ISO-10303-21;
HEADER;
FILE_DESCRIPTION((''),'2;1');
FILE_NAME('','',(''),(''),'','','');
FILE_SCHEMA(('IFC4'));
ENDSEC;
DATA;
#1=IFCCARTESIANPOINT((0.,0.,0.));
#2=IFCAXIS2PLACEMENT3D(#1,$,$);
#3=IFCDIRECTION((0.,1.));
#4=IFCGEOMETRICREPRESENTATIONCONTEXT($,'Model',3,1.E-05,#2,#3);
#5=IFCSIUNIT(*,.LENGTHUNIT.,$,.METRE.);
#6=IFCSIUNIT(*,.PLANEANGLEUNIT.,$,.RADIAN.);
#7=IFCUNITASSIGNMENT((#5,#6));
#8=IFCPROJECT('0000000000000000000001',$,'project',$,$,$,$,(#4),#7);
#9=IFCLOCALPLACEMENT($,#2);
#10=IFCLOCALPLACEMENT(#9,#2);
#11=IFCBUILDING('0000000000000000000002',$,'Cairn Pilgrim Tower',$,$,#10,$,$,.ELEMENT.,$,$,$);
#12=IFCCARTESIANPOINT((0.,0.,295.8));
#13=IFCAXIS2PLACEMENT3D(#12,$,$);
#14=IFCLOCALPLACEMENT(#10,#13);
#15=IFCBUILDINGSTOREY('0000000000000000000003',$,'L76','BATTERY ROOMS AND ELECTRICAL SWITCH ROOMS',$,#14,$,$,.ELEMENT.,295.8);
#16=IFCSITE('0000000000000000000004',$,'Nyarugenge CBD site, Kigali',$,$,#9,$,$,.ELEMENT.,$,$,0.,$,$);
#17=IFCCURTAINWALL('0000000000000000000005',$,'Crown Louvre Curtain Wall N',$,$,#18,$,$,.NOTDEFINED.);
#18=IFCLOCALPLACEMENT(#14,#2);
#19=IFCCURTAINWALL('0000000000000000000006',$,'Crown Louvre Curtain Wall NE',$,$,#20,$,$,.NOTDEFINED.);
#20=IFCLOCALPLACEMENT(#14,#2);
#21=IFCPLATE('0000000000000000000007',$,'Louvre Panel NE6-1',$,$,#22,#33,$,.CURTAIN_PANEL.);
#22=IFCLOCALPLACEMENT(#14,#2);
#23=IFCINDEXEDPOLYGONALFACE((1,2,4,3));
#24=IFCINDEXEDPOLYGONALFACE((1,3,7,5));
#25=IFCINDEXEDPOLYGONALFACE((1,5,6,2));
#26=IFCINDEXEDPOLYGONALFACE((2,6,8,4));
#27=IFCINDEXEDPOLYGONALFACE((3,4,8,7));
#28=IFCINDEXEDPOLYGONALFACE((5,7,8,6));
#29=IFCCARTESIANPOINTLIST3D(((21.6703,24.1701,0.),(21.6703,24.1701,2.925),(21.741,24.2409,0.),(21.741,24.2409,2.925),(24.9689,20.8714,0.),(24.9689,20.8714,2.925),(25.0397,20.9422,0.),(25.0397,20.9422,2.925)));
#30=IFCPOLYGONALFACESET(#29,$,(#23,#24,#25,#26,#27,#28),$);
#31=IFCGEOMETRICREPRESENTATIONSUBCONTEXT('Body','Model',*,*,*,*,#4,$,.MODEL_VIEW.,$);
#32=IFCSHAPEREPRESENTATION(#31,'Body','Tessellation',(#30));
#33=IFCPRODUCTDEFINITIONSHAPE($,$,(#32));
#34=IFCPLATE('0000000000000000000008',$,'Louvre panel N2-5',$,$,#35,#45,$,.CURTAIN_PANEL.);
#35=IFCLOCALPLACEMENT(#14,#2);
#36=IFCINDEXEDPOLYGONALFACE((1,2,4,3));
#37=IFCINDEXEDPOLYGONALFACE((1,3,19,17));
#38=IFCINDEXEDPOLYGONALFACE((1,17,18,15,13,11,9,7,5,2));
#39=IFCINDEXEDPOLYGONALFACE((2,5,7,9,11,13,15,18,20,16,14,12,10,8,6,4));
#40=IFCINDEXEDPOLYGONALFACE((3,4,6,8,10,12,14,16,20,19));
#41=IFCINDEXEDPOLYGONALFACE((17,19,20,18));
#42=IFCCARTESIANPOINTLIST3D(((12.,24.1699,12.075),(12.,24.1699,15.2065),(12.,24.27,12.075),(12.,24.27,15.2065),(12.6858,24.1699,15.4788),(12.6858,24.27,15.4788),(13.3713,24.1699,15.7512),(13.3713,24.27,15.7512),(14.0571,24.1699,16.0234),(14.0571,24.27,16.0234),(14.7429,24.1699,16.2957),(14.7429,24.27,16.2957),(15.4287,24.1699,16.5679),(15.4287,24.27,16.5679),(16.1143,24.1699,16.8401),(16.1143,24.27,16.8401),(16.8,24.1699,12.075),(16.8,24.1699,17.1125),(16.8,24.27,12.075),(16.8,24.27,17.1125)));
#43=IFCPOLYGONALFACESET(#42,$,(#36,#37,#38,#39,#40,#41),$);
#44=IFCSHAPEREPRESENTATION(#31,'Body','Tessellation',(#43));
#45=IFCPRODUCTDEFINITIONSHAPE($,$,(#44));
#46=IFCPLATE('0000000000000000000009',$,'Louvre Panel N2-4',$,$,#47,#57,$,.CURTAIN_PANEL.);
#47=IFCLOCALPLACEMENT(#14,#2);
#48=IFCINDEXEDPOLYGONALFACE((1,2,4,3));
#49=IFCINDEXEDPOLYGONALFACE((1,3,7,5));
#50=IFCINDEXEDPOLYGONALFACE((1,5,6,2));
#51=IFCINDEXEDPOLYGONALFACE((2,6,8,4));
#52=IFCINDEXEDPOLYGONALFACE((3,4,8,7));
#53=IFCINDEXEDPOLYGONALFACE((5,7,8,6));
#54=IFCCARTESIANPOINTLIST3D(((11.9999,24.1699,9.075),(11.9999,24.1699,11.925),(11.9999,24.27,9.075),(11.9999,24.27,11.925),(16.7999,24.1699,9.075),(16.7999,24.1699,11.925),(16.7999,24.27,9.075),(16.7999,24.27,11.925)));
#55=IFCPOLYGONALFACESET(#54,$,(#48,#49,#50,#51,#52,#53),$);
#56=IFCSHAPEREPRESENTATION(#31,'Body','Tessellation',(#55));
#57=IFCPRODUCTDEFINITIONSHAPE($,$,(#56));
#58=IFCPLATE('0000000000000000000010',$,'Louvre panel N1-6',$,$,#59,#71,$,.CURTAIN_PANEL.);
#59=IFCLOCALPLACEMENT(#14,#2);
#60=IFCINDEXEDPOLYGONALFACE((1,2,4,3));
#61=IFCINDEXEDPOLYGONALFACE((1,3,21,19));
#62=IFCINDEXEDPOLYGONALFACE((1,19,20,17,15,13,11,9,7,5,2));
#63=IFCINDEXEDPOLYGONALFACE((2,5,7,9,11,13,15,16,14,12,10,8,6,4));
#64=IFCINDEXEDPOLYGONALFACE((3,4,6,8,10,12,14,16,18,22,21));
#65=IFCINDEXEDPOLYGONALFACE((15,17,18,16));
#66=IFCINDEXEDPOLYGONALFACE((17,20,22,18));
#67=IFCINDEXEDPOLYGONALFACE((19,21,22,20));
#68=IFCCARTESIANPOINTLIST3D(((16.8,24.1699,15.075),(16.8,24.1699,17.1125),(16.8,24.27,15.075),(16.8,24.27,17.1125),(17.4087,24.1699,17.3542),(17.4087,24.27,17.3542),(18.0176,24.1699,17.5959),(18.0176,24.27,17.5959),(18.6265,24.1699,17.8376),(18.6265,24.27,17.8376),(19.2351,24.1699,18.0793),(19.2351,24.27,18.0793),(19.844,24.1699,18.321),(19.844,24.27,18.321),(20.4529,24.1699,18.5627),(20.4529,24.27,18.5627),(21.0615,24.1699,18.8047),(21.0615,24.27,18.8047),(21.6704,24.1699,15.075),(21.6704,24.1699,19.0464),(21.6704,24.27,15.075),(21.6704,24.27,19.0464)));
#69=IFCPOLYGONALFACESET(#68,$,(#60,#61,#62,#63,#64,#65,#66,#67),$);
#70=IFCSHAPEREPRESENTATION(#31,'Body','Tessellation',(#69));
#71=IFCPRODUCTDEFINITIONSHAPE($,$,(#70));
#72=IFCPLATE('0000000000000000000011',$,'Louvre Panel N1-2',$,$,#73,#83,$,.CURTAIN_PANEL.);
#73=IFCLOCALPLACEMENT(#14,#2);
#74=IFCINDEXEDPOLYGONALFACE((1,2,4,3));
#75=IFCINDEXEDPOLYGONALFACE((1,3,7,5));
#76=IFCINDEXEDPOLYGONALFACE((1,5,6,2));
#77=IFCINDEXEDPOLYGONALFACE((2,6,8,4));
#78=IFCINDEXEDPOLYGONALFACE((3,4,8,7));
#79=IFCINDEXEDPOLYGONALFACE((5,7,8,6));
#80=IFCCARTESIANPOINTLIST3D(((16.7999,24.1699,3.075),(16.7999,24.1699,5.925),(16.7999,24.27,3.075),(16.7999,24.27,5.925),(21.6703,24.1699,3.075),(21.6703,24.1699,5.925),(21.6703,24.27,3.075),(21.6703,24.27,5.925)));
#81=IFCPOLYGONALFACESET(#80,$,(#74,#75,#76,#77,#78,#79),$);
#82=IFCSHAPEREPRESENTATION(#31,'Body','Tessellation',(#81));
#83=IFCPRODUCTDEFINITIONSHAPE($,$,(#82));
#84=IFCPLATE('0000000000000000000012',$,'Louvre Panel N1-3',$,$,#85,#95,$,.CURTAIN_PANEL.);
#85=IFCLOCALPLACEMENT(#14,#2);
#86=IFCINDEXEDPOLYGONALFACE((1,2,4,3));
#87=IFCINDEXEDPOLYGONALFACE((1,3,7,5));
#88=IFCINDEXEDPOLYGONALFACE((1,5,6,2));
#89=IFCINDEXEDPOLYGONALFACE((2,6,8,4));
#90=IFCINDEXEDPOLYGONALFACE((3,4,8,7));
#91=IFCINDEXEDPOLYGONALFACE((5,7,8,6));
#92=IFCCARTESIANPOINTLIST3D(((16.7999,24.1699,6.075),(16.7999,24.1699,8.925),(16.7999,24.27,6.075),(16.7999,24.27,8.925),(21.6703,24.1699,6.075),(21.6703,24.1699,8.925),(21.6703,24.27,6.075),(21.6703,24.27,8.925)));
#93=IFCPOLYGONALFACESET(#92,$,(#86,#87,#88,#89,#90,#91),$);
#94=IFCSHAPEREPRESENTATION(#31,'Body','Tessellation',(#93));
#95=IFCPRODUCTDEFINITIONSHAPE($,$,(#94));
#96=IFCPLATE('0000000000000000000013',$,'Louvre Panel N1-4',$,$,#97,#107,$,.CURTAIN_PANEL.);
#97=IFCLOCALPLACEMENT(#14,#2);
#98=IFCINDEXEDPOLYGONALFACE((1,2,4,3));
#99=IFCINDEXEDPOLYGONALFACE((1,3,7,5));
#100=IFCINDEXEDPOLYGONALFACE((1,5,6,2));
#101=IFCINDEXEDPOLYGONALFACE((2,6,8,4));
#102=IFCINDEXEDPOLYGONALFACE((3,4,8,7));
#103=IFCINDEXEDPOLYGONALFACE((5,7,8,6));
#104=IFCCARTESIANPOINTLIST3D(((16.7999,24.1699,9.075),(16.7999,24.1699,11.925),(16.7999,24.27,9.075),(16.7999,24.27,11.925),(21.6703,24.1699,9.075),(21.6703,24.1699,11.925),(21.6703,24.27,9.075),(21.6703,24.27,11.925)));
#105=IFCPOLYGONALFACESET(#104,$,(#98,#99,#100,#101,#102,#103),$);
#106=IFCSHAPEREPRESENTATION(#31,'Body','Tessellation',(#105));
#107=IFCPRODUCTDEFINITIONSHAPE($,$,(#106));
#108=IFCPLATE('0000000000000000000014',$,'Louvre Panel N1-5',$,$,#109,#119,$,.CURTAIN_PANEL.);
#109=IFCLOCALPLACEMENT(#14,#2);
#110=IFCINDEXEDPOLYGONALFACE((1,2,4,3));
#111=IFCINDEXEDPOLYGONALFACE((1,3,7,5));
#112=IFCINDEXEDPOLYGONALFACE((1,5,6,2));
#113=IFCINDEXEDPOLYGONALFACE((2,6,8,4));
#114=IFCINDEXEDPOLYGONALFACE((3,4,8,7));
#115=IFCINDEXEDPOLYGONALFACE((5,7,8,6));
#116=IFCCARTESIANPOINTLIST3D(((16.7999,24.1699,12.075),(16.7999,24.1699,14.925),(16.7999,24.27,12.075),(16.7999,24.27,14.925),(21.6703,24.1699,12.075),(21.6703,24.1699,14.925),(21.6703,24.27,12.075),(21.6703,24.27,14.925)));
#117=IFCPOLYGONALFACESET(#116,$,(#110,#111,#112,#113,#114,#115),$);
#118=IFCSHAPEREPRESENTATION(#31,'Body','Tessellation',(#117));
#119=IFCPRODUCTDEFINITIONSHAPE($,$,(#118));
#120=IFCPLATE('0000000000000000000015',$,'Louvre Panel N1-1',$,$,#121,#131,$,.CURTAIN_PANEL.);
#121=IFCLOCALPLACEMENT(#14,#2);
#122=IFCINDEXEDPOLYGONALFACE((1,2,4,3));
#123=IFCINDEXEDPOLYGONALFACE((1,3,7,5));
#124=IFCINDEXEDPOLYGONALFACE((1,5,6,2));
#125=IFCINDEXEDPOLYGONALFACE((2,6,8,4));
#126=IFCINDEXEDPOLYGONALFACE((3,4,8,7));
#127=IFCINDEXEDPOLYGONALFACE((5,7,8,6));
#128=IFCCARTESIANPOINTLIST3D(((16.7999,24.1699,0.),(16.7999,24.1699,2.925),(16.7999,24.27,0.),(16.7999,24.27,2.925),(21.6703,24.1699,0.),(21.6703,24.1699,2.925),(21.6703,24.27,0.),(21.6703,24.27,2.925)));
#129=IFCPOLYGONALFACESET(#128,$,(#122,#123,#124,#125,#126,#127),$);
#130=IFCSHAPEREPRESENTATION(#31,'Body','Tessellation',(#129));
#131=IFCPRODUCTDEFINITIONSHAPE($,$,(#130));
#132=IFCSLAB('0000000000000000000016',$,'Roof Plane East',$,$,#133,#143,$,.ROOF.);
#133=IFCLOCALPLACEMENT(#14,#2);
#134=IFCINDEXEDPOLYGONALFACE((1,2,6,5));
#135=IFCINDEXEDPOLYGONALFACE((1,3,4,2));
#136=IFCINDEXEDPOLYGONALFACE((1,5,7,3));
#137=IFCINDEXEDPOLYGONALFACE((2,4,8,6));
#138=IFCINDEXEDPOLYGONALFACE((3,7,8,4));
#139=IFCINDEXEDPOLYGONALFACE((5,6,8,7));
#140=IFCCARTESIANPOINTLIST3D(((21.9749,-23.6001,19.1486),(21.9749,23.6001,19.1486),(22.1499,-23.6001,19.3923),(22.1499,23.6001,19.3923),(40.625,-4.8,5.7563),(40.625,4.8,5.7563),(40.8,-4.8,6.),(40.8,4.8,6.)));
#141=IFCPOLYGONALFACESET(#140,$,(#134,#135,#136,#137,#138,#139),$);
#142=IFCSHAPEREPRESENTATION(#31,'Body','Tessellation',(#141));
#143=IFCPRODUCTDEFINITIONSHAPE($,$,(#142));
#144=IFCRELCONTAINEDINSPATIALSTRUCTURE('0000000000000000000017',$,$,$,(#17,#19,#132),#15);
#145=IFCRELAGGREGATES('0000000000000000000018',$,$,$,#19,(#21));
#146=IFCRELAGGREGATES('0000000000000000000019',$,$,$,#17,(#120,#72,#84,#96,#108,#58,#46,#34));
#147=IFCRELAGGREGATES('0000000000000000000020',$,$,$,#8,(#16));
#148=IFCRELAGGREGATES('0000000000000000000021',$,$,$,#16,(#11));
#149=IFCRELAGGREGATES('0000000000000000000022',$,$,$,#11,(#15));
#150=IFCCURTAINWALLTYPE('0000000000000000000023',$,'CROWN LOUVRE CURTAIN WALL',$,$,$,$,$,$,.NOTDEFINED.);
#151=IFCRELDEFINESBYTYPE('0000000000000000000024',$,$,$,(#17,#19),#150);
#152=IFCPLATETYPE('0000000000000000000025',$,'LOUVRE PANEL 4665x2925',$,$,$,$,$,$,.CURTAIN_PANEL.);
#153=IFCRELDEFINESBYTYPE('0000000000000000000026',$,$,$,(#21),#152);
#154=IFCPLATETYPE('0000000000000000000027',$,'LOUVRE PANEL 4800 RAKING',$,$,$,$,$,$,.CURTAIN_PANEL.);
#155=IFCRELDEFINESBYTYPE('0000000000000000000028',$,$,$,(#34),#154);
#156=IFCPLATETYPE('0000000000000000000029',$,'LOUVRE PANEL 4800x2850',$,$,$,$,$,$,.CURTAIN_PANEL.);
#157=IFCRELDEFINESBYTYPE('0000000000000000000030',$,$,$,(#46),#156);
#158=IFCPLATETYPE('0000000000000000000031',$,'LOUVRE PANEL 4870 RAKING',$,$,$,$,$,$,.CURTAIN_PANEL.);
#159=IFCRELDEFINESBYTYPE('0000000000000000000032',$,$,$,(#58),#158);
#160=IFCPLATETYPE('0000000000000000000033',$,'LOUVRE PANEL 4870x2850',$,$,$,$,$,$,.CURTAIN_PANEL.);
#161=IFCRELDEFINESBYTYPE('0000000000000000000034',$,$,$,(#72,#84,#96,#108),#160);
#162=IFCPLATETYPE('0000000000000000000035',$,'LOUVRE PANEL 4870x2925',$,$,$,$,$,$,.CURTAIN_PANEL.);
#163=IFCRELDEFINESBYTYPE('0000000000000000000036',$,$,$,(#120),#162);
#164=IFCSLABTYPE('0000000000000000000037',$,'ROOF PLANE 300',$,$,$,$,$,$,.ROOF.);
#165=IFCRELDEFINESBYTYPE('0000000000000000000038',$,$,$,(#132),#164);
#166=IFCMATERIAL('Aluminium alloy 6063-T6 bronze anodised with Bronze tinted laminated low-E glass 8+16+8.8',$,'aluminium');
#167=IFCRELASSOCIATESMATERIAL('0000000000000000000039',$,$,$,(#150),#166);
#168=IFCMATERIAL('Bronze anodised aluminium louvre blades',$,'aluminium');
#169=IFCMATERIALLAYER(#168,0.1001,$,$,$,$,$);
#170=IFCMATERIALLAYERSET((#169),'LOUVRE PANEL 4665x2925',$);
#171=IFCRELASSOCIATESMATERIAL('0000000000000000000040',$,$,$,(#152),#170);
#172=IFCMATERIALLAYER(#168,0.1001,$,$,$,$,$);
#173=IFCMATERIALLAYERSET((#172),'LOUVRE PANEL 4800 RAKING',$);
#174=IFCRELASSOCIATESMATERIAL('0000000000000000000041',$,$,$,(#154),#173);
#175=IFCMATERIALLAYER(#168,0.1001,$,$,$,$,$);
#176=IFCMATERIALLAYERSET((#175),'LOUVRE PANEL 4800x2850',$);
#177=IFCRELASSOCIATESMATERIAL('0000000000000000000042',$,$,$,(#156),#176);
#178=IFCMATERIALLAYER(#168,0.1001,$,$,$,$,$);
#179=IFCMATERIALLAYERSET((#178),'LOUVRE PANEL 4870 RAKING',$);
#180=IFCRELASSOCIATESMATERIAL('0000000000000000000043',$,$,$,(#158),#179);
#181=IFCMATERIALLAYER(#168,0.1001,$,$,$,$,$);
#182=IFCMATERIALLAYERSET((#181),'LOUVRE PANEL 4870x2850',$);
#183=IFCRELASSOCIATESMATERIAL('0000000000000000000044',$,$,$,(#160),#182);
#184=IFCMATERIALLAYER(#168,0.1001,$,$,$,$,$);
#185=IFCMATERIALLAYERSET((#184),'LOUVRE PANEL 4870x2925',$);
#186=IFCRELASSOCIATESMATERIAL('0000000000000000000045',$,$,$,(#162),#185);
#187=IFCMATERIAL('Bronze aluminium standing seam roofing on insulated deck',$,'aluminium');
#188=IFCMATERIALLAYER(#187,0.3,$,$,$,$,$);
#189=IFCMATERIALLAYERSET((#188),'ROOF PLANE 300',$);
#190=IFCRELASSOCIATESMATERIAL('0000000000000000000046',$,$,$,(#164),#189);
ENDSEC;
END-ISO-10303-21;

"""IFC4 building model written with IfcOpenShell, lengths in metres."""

from ifc_helpers import new_model, si_unit, direction, frame, origin, origin_2d, place, context, subcontext, project, spatial, polyline, rectangle, outline, extrude, material, layer, layer_set, type_object, element, aggregate, save


model = new_model("IFC4")

# Units and contexts
model_context = context("Model", 3, precision=1e-05, world=origin(), true_north=direction((0.0, 1.0)))
body_context = subcontext(model_context, "Body", "Model", "MODEL_VIEW")
ifc_project = project(units=[si_unit("LENGTHUNIT", "METRE"), si_unit("PLANEANGLEUNIT", "RADIAN")], contexts=[model_context])

# Site, building, storey
site_placement = place(None, origin())
site = spatial("IfcSite", under=ifc_project, at=site_placement, Name="Nyarugenge CBD site, Kigali", CompositionType="ELEMENT", RefElevation=0.0)
building_placement = place(site_placement, origin())
building = spatial("IfcBuilding", under=site, at=building_placement, Name="Cairn Pilgrim Tower", CompositionType="ELEMENT")
storey_placement = place(building_placement, frame((0.0, 0.0, 295.8)))
storey = spatial("IfcBuildingStorey", under=building, at=storey_placement, Name="L76", Description="BATTERY ROOMS AND ELECTRICAL SWITCH ROOMS", CompositionType="ELEMENT", Elevation=295.8)

# Curtain wall
ifc_material_1 = material(Name="Aluminium alloy 6063-T6 bronze anodised with Bronze tinted laminated low-E glass 8+16+8.8", Category="aluminium")
curtain_wall_type = type_object("IfcCurtainWallType", Name="CROWN LOUVRE CURTAIN WALL", PredefinedType="NOTDEFINED", material=ifc_material_1)
curtain_wall_1_placement = place(storey_placement, origin())
curtain_wall_1 = element("IfcCurtainWall", 1, at=curtain_wall_1_placement, inside=storey, type_object=curtain_wall_type, Name="Crown Louvre Curtain Wall N", PredefinedType="NOTDEFINED")

# Curtain wall, plate
curtain_wall_2_placement = place(storey_placement, origin())
curtain_wall_2 = element("IfcCurtainWall", 2, at=curtain_wall_2_placement, inside=storey, type_object=curtain_wall_type, Name="Crown Louvre Curtain Wall NE", PredefinedType="NOTDEFINED")
ifc_material_2 = material(Name="Bronze anodised aluminium louvre blades", Category="aluminium")
ifc_layer_1 = layer(ifc_material_2, 0.1001)
ifc_layer_set_1 = layer_set([ifc_layer_1], Name="LOUVRE PANEL 4665x2925")
plate_type_1 = type_object("IfcPlateType", Name="LOUVRE PANEL 4665x2925", PredefinedType="CURTAIN_PANEL", material=ifc_layer_set_1)
plate_1_placement = place(storey_placement, frame((23.355, 22.5562, 0.0), z_axis=(0.0, 0.0, 1.0), x_axis=(-0.707107, 0.707107, 0.0)))
plate_1 = element("IfcPlate", 3, at=plate_1_placement, type_object=plate_type_1, Name="Louvre Panel NE6-1", PredefinedType="CURTAIN_PANEL", context=body_context, shape_type="SweptSolid", body=[
    extrude(rectangle(XDim=4.665, YDim=0.1001, at=origin_2d()), origin(), (0.0, 0.0, 1.0), 2.925),
])
aggregate(curtain_wall_2, [plate_1])

# Plates
ifc_layer_2 = layer(ifc_material_2, 0.1001)
ifc_layer_set_2 = layer_set([ifc_layer_2], Name="LOUVRE PANEL 4800 RAKING")
plate_type_2 = type_object("IfcPlateType", Name="LOUVRE PANEL 4800 RAKING", PredefinedType="CURTAIN_PANEL", material=ifc_layer_set_2)
plate_2_placement = place(storey_placement, frame((16.8, 24.22, 12.075), z_axis=(0.0, 0.0, 1.0), x_axis=(-1.0, 0.0, 0.0)))
plate_2 = element("IfcPlate", 4, at=plate_2_placement, type_object=plate_type_2, Name="Louvre panel N2-5", PredefinedType="CURTAIN_PANEL", context=body_context, shape_type="SweptSolid", body=[
    extrude(outline(polyline([(0.0, 0.0), (4.8, 0.0), (4.8, 3.1316), (4.1143, 3.4038), (3.4287, 3.6763), (2.7429, 3.9485), (2.0571, 4.2207), (1.3713, 4.4929), (0.6858, 4.7651), (0.0, 5.0376), (0.0, 0.0)])), frame((0.0, 0.05, 0.0), z_axis=(0.0, -1.0, 0.0), x_axis=(1.0, 0.0, 0.0)), (0.0, 0.0, 1.0), 0.1001),
])
ifc_layer_3 = layer(ifc_material_2, 0.1001)
ifc_layer_set_3 = layer_set([ifc_layer_3], Name="LOUVRE PANEL 4800x2850")
plate_type_3 = type_object("IfcPlateType", Name="LOUVRE PANEL 4800x2850", PredefinedType="CURTAIN_PANEL", material=ifc_layer_set_3)
plate_3_placement = place(storey_placement, frame((14.3999, 24.22, 9.075), z_axis=(0.0, 0.0, 1.0), x_axis=(-1.0, 0.0, 0.0)))
plate_3 = element("IfcPlate", 5, at=plate_3_placement, type_object=plate_type_3, Name="Louvre Panel N2-4", PredefinedType="CURTAIN_PANEL", context=body_context, shape_type="SweptSolid", body=[
    extrude(rectangle(XDim=4.8, YDim=0.1001, at=origin_2d()), origin(), (0.0, 0.0, 1.0), 2.8501),
])
ifc_layer_4 = layer(ifc_material_2, 0.1001)
ifc_layer_set_4 = layer_set([ifc_layer_4], Name="LOUVRE PANEL 4870 RAKING")
plate_type_4 = type_object("IfcPlateType", Name="LOUVRE PANEL 4870 RAKING", PredefinedType="CURTAIN_PANEL", material=ifc_layer_set_4)
plate_4_placement = place(storey_placement, frame((21.6704, 24.22, 15.075), z_axis=(0.0, 0.0, 1.0), x_axis=(-1.0, 0.0, 0.0)))
plate_4 = element("IfcPlate", 6, at=plate_4_placement, type_object=plate_type_4, Name="Louvre panel N1-6", PredefinedType="CURTAIN_PANEL", context=body_context, shape_type="SweptSolid", body=[
    extrude(outline(polyline([(0.0, 0.0), (4.8704, 0.0), (4.8704, 2.0376), (4.2617, 2.2793), (3.6528, 2.521), (3.0439, 2.7627), (2.4353, 3.0044), (1.8264, 3.2461), (1.2175, 3.4878), (0.6089, 3.7297), (0.0, 3.9714), (0.0, 0.0)])), frame((0.0, 0.05, 0.0), z_axis=(0.0, -1.0, 0.0), x_axis=(1.0, 0.0, 0.0)), (0.0, 0.0, 1.0), 0.1001),
])
ifc_layer_5 = layer(ifc_material_2, 0.1001)
ifc_layer_set_5 = layer_set([ifc_layer_5], Name="LOUVRE PANEL 4870x2850")
plate_type_5 = type_object("IfcPlateType", Name="LOUVRE PANEL 4870x2850", PredefinedType="CURTAIN_PANEL", material=ifc_layer_set_5)
plate_5_placement = place(storey_placement, frame((19.2351, 24.22, 3.075), z_axis=(0.0, 0.0, 1.0), x_axis=(-1.0, 0.0, 0.0)))
plate_5 = element("IfcPlate", 7, at=plate_5_placement, type_object=plate_type_5, Name="Louvre Panel N1-2", PredefinedType="CURTAIN_PANEL", context=body_context, shape_type="SweptSolid", body=[
    extrude(rectangle(XDim=4.8704, YDim=0.1001, at=origin_2d()), origin(), (0.0, 0.0, 1.0), 2.8501),
])
plate_6_placement = place(storey_placement, frame((19.2351, 24.22, 6.075), z_axis=(0.0, 0.0, 1.0), x_axis=(-1.0, 0.0, 0.0)))
plate_6 = element("IfcPlate", 8, at=plate_6_placement, type_object=plate_type_5, Name="Louvre Panel N1-3", PredefinedType="CURTAIN_PANEL", context=body_context, shape_type="SweptSolid", body=[
    extrude(rectangle(XDim=4.8704, YDim=0.1001, at=origin_2d()), origin(), (0.0, 0.0, 1.0), 2.8501),
])
plate_7_placement = place(storey_placement, frame((19.2351, 24.22, 9.075), z_axis=(0.0, 0.0, 1.0), x_axis=(-1.0, 0.0, 0.0)))
plate_7 = element("IfcPlate", 9, at=plate_7_placement, type_object=plate_type_5, Name="Louvre Panel N1-4", PredefinedType="CURTAIN_PANEL", context=body_context, shape_type="SweptSolid", body=[
    extrude(rectangle(XDim=4.8704, YDim=0.1001, at=origin_2d()), origin(), (0.0, 0.0, 1.0), 2.8501),
])
plate_8_placement = place(storey_placement, frame((19.2351, 24.22, 12.075), z_axis=(0.0, 0.0, 1.0), x_axis=(-1.0, 0.0, 0.0)))
plate_8 = element("IfcPlate", 10, at=plate_8_placement, type_object=plate_type_5, Name="Louvre Panel N1-5", PredefinedType="CURTAIN_PANEL", context=body_context, shape_type="SweptSolid", body=[
    extrude(rectangle(XDim=4.8704, YDim=0.1001, at=origin_2d()), origin(), (0.0, 0.0, 1.0), 2.8501),
])
ifc_layer_6 = layer(ifc_material_2, 0.1001)
ifc_layer_set_6 = layer_set([ifc_layer_6], Name="LOUVRE PANEL 4870x2925")
plate_type_6 = type_object("IfcPlateType", Name="LOUVRE PANEL 4870x2925", PredefinedType="CURTAIN_PANEL", material=ifc_layer_set_6)
plate_9_placement = place(storey_placement, frame((19.2351, 24.22, 0.0), z_axis=(0.0, 0.0, 1.0), x_axis=(-1.0, 0.0, 0.0)))
plate_9 = element("IfcPlate", 11, at=plate_9_placement, type_object=plate_type_6, Name="Louvre Panel N1-1", PredefinedType="CURTAIN_PANEL", context=body_context, shape_type="SweptSolid", body=[
    extrude(rectangle(XDim=4.8704, YDim=0.1001, at=origin_2d()), origin(), (0.0, 0.0, 1.0), 2.925),
])
aggregate(curtain_wall_1, [plate_9, plate_5, plate_6, plate_7, plate_8, plate_4, plate_3, plate_2])

# Slab
ifc_material_3 = material(Name="Bronze aluminium standing seam roofing on insulated deck", Category="aluminium")
ifc_layer_7 = layer(ifc_material_3, 0.3)
ifc_layer_set_7 = layer_set([ifc_layer_7], Name="ROOF PLANE 300")
slab_type = type_object("IfcSlabType", Name="ROOF PLANE 300", PredefinedType="ROOF", material=ifc_layer_set_7)
slab_placement = place(storey_placement, frame((22.1499, 23.6001, 19.3923), z_axis=(0.583278, 0.0, 0.812272), x_axis=(0.0, -1.0, 0.0)))
element("IfcSlab", 12, at=slab_placement, inside=storey, type_object=slab_type, Name="Roof Plane East", PredefinedType="ROOF", context=body_context, shape_type="SweptSolid", body=[
    extrude(outline(polyline([(0.0, 0.0), (47.2002, 0.0), (28.4001, 22.9605), (18.8, 22.9605), (0.0, 0.0)])), origin(), (0.0, 0.0, -1.0), 0.3),
])

save(model, "model.ifc")
